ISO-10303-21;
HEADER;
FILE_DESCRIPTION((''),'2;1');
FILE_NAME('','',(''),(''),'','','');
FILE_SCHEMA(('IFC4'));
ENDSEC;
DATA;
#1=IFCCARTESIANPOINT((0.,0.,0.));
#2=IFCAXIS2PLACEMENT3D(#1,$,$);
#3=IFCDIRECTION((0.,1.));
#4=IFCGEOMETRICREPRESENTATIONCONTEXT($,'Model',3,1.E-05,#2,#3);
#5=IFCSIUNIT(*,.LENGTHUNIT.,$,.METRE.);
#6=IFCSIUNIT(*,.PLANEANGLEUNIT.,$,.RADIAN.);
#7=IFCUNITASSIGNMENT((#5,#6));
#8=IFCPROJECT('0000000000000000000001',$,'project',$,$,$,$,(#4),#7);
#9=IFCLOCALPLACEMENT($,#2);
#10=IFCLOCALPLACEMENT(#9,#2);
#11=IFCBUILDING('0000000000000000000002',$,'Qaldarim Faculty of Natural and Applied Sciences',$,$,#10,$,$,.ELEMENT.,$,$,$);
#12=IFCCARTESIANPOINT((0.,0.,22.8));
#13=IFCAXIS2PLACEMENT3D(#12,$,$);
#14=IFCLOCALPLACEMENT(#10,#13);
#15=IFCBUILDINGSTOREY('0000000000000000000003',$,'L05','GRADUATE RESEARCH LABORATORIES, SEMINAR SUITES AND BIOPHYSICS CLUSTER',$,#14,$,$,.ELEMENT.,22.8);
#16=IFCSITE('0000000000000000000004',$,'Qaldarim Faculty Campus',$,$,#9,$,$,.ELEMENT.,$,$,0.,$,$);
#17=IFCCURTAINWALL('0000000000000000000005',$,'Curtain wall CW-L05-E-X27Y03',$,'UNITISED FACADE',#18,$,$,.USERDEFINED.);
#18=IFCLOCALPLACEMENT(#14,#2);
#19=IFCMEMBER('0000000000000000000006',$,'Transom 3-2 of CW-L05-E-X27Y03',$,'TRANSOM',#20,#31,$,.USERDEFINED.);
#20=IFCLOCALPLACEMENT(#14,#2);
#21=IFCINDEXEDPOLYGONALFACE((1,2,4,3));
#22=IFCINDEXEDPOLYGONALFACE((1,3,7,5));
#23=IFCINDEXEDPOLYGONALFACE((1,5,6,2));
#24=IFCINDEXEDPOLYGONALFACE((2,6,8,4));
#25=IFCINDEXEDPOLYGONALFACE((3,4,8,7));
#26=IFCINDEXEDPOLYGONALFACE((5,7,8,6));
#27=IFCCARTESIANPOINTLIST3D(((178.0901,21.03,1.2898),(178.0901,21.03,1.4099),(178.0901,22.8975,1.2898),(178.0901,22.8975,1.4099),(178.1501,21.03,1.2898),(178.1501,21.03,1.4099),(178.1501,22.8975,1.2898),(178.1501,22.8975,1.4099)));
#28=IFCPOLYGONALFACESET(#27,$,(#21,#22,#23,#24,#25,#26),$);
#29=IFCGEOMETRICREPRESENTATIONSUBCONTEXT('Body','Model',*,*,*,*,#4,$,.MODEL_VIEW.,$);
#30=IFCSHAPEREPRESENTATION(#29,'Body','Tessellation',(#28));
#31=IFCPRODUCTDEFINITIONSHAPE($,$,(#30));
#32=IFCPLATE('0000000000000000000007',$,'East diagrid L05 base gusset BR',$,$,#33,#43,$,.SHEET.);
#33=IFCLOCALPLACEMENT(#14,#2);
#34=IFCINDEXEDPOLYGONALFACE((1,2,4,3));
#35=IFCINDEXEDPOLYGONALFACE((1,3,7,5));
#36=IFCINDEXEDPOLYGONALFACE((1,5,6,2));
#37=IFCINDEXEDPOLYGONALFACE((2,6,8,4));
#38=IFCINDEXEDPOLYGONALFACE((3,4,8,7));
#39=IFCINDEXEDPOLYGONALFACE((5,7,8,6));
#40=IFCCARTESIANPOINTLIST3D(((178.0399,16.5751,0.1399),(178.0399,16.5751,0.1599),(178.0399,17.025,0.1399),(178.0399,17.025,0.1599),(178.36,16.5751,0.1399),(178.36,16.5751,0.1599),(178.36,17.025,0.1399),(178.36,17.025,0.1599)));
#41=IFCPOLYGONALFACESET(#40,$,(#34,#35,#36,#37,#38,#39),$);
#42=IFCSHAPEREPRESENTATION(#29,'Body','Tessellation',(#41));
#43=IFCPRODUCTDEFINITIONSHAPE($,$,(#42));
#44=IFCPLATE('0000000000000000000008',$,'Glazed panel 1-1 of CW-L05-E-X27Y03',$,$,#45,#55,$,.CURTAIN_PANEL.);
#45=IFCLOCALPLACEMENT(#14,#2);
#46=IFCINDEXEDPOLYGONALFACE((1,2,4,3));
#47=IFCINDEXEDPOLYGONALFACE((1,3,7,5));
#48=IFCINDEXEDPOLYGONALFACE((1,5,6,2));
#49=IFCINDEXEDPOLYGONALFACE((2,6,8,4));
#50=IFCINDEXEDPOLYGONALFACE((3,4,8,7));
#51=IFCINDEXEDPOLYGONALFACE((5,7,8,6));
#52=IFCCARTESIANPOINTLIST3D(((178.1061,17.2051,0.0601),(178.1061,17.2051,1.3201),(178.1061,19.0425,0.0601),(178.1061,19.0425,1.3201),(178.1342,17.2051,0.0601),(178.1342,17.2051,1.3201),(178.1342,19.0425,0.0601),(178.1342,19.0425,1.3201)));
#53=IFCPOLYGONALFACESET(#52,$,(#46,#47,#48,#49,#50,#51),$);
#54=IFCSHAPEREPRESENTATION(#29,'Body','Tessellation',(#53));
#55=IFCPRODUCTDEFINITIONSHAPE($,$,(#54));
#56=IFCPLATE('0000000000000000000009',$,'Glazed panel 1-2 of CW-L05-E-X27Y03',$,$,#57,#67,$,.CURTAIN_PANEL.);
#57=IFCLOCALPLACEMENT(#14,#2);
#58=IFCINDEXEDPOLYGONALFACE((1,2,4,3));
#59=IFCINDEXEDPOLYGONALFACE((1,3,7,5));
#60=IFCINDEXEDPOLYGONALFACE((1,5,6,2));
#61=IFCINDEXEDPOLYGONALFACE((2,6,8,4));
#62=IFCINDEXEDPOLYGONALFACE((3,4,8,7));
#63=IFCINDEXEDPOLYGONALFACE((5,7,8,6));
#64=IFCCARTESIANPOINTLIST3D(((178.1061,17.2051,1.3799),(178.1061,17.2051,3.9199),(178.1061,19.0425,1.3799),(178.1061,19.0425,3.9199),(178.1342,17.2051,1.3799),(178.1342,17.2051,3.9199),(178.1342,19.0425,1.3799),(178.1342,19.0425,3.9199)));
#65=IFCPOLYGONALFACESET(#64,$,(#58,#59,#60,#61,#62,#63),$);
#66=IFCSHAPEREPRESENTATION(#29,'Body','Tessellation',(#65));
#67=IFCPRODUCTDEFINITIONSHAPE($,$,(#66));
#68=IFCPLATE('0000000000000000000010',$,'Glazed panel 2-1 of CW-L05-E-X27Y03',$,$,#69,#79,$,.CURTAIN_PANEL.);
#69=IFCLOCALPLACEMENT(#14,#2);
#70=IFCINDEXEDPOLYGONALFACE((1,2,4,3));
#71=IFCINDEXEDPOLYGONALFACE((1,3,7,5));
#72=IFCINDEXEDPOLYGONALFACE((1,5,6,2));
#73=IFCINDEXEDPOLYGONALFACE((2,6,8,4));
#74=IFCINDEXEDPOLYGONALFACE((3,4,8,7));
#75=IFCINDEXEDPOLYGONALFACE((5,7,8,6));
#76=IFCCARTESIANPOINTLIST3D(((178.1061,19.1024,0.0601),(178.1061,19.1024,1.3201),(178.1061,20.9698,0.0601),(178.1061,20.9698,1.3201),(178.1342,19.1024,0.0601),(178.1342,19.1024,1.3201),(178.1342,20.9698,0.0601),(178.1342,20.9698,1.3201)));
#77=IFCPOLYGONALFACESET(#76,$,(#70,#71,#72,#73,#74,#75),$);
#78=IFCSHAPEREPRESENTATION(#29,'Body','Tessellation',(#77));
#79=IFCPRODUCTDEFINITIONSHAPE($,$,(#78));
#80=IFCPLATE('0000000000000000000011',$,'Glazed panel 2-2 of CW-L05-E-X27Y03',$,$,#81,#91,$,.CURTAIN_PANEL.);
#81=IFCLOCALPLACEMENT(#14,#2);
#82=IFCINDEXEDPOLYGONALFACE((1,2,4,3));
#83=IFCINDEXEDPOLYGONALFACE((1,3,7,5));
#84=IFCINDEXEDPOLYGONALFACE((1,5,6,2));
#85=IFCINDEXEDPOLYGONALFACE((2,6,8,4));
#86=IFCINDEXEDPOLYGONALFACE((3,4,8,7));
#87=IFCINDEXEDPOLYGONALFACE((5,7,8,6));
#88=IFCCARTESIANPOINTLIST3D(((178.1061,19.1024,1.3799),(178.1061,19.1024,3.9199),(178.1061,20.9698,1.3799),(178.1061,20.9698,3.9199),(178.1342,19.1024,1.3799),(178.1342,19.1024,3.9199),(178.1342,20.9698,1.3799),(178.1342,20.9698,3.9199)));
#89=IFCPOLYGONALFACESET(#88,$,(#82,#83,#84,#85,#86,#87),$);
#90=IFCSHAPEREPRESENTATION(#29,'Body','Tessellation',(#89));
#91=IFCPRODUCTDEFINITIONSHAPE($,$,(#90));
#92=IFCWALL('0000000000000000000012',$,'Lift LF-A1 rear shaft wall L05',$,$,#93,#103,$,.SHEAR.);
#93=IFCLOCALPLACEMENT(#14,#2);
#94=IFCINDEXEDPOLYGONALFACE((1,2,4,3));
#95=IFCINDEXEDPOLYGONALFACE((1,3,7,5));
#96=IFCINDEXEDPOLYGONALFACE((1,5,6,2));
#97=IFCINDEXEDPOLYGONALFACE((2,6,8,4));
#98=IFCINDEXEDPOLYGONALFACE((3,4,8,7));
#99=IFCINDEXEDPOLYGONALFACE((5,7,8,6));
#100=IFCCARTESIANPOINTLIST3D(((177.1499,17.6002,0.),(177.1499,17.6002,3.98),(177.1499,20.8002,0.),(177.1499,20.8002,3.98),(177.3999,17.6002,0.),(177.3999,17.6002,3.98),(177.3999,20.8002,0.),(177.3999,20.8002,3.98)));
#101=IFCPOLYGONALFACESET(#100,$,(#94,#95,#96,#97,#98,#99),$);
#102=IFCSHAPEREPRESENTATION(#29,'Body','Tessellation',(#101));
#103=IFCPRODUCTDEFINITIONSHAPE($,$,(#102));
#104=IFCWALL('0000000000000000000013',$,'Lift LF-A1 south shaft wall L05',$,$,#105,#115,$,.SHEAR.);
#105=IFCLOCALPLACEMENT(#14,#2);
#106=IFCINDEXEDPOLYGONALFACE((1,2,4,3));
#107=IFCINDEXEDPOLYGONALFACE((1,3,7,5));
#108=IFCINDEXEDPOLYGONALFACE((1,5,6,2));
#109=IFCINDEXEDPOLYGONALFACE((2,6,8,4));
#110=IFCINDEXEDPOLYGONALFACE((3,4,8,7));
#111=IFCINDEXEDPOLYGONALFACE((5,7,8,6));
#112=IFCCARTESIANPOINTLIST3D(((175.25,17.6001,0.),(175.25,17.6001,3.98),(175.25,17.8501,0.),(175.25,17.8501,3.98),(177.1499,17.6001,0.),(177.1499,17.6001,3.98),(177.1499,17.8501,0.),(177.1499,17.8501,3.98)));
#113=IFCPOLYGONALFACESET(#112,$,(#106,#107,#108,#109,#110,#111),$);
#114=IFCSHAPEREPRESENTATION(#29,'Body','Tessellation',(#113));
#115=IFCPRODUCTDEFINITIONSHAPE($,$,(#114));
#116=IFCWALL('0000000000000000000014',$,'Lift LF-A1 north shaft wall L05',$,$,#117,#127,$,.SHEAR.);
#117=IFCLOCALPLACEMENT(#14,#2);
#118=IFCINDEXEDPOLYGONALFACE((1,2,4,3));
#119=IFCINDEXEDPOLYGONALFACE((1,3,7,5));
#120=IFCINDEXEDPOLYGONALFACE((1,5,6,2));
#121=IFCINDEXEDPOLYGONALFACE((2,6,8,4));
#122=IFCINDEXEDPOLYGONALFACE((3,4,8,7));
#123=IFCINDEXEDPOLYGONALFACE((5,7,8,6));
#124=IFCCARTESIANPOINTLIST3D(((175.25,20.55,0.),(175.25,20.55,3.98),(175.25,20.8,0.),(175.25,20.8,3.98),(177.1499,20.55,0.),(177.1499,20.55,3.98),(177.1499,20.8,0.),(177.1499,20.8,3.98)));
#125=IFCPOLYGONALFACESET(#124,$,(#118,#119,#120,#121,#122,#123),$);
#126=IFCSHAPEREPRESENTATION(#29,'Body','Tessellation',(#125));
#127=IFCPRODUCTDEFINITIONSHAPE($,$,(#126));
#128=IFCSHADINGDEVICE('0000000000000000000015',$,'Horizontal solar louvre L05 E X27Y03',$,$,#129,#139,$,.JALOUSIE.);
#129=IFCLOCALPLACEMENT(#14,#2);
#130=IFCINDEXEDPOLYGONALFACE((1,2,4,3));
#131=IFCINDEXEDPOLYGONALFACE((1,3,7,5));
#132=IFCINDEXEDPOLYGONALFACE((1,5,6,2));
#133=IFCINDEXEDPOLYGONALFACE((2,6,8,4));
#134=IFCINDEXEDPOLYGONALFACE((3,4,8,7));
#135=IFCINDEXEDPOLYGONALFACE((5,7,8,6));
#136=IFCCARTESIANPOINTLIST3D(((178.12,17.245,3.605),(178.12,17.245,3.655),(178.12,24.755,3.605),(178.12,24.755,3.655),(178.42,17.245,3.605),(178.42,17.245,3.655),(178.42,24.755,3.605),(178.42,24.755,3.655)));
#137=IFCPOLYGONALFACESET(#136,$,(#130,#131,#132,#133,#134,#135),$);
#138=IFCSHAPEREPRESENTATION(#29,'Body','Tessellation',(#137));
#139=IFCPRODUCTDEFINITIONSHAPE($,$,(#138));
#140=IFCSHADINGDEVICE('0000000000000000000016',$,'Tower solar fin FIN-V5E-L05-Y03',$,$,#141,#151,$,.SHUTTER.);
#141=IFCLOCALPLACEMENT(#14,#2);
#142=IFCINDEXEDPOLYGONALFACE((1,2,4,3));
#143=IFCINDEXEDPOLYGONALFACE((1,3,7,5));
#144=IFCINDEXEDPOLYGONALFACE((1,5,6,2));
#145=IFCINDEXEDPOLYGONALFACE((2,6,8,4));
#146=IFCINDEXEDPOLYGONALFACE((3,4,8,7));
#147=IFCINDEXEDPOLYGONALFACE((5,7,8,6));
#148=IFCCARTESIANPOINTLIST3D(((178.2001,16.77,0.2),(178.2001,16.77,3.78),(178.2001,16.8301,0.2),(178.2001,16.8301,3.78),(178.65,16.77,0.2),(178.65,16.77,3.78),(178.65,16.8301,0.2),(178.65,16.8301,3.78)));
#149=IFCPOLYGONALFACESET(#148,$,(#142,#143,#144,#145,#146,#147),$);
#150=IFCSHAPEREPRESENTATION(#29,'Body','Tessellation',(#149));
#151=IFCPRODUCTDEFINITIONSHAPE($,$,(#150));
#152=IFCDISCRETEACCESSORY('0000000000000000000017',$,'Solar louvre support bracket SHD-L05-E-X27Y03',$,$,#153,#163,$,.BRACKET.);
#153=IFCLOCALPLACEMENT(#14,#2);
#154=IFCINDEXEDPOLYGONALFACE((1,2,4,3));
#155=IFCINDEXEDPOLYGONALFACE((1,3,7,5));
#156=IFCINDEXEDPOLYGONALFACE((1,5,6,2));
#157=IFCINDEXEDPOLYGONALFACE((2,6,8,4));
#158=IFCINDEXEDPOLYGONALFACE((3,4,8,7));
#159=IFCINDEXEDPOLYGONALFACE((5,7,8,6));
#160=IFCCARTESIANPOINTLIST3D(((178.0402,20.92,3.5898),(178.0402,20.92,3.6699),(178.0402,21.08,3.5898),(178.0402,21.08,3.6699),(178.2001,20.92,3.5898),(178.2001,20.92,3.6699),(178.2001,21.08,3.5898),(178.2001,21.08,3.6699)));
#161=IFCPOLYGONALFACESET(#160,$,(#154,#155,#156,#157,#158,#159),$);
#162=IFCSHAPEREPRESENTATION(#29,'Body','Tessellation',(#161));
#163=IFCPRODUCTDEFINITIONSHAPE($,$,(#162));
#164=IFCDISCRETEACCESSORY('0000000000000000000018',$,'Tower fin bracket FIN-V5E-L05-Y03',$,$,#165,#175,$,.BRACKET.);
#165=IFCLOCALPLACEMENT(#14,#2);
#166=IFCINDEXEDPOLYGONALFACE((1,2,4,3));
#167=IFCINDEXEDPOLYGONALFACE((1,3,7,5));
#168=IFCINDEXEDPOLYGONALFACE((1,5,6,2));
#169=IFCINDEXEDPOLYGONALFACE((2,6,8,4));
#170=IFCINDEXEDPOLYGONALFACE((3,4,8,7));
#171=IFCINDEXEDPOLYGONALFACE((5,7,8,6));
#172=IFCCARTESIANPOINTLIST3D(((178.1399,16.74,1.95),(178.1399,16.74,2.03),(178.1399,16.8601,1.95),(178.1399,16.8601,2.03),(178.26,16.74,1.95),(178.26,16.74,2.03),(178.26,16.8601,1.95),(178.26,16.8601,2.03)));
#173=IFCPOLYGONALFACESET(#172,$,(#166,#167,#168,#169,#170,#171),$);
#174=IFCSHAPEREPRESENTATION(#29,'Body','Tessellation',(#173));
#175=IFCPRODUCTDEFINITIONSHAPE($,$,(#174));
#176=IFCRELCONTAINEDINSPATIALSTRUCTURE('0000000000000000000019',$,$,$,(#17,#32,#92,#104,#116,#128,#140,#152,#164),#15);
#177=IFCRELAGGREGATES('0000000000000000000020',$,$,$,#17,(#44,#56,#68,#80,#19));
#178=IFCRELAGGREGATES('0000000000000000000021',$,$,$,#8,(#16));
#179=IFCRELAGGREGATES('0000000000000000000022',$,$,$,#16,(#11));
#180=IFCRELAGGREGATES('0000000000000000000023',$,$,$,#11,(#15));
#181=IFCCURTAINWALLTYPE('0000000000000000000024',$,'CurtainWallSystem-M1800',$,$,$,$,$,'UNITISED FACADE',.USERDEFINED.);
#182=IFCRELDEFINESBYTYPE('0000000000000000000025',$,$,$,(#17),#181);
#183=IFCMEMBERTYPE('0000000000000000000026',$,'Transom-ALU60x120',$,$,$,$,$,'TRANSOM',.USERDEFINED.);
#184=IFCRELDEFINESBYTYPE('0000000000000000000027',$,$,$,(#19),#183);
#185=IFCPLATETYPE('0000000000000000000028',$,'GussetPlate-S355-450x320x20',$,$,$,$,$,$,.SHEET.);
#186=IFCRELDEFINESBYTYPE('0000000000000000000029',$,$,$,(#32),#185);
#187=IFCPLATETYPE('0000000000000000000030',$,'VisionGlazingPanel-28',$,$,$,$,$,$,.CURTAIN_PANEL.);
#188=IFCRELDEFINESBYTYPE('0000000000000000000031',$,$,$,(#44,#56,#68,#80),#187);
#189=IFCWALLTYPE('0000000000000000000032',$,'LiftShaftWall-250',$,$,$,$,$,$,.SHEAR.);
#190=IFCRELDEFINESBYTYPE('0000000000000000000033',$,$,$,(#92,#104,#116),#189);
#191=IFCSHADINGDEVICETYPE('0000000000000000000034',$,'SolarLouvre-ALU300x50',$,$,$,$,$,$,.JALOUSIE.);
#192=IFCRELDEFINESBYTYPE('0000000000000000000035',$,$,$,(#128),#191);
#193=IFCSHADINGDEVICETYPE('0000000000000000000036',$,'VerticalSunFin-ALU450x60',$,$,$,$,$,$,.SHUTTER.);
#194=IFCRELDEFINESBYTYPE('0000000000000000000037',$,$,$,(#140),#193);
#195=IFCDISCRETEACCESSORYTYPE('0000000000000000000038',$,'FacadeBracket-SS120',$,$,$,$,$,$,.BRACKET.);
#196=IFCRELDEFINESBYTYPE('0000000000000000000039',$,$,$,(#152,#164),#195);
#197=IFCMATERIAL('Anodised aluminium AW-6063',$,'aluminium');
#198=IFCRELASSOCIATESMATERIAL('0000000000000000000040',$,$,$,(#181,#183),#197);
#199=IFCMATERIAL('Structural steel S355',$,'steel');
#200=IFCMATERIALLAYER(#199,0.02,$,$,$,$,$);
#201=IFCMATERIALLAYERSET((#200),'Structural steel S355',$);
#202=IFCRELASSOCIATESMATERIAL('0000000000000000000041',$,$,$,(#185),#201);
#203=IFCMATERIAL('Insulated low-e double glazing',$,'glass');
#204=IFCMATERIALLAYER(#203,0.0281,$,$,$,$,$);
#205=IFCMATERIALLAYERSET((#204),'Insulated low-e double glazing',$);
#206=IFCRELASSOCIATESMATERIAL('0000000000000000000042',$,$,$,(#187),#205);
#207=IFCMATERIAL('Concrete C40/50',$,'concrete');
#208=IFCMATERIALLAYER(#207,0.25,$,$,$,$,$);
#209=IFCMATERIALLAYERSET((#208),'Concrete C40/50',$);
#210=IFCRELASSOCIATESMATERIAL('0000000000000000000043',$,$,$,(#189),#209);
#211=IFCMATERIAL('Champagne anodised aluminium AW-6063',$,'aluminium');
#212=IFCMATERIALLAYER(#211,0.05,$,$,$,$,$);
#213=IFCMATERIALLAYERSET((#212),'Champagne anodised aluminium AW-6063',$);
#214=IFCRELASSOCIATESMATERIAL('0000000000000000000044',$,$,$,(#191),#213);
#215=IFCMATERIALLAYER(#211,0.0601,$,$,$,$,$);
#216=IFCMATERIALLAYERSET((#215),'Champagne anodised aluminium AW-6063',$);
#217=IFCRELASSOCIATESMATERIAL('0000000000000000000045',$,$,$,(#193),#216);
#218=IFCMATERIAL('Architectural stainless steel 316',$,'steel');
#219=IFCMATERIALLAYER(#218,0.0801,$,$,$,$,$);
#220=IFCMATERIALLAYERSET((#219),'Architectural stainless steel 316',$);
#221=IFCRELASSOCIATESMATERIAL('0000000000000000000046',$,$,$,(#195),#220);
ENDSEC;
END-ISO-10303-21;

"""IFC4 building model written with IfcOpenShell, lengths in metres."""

from ifc_helpers import new_model, si_unit, direction, frame, frame_2d, origin, origin_2d, place, context, subcontext, project, spatial, rectangle, extrude, material, layer, layer_set, material_profile, profile_set, type_object, element, aggregate, save


model = new_model("IFC4")

# Units and contexts
model_context = context("Model", 3, precision=1e-05, world=origin(), true_north=direction((0.0, 1.0)))
body_context = subcontext(model_context, "Body", "Model", "MODEL_VIEW")
ifc_project = project(units=[si_unit("LENGTHUNIT", "METRE"), si_unit("PLANEANGLEUNIT", "RADIAN")], contexts=[model_context])

# Site, building, storey
site_placement = place(None, origin())
site = spatial("IfcSite", under=ifc_project, at=site_placement, Name="Qaldarim Faculty Campus", CompositionType="ELEMENT", RefElevation=0.0)
building_placement = place(site_placement, origin())
building = spatial("IfcBuilding", under=site, at=building_placement, Name="Qaldarim Faculty of Natural and Applied Sciences", CompositionType="ELEMENT")
storey_placement = place(building_placement, frame((0.0, 0.0, 22.8)))
storey = spatial("IfcBuildingStorey", under=building, at=storey_placement, Name="L05", Description="GRADUATE RESEARCH LABORATORIES, SEMINAR SUITES AND BIOPHYSICS CLUSTER", CompositionType="ELEMENT", Elevation=22.8)

# Shared definitions
ifc_material_1 = material(Name="Structural steel S355", Category="steel")

# Curtain wall
ifc_material_2 = material(Name="Anodised aluminium AW-6063", Category="aluminium")
curtain_wall_type = type_object("IfcCurtainWallType", Name="CurtainWallSystem-M1800", ElementType="UNITISED FACADE", PredefinedType="USERDEFINED", material=ifc_material_2)
curtain_wall_placement = place(storey_placement, origin())
curtain_wall = element("IfcCurtainWall", 1, at=curtain_wall_placement, inside=storey, type_object=curtain_wall_type, Name="Curtain wall CW-L05-E-X27Y03", ObjectType="UNITISED FACADE", PredefinedType="USERDEFINED")

# Member
ifc_material_profile_1 = material_profile(ifc_material_2, rectangle(XDim=0.0601, YDim=0.1201, at=origin_2d()), Name="ALU-T60x120")
ifc_profile_set_1 = profile_set([ifc_material_profile_1], Name="Anodised aluminium AW-6063")
member_type_1 = type_object("IfcMemberType", Name="Transom-ALU60x120", ElementType="TRANSOM", PredefinedType="USERDEFINED", material=ifc_profile_set_1)
member_1_placement = place(storey_placement, frame((178.1201, 21.03, 1.3499), z_axis=(0.0, 1.0, 0.0), x_axis=(-1.0, 0.0, 0.0)))
member_1 = element("IfcMember", 2, at=member_1_placement, type_object=member_type_1, Name="Transom 3-2 of CW-L05-E-X27Y03", ObjectType="TRANSOM", PredefinedType="USERDEFINED", context=body_context, shape_type="SweptSolid", body=[
    extrude(rectangle(XDim=0.0601, YDim=0.1201, at=origin_2d()), origin(), (0.0, 0.0, 1.0), 1.8674),
])

# Plates
ifc_layer_1 = layer(ifc_material_1, 0.02)
ifc_layer_set_1 = layer_set([ifc_layer_1], Name="Structural steel S355")
plate_type_1 = type_object("IfcPlateType", Name="GussetPlate-S355-450x320x20", PredefinedType="SHEET", material=ifc_layer_set_1)
plate_1_placement = place(storey_placement, frame((178.2, 16.8, 0.1399), z_axis=(0.0, 0.0, 1.0), x_axis=(0.0, 1.0, 0.0)))
element("IfcPlate", 3, at=plate_1_placement, inside=storey, type_object=plate_type_1, Name="East diagrid L05 base gusset BR", PredefinedType="SHEET", context=body_context, shape_type="SweptSolid", body=[
    extrude(rectangle(XDim=0.45, YDim=0.3201, at=origin_2d()), origin(), (0.0, 0.0, 1.0), 0.02),
])
ifc_material_3 = material(Name="Insulated low-e double glazing", Category="glass")
ifc_layer_2 = layer(ifc_material_3, 0.0281)
ifc_layer_set_2 = layer_set([ifc_layer_2], Name="Insulated low-e double glazing")
plate_type_2 = type_object("IfcPlateType", Name="VisionGlazingPanel-28", PredefinedType="CURTAIN_PANEL", material=ifc_layer_set_2)
plate_2_placement = place(storey_placement, frame((178.1201, 18.1238, 0.0601), z_axis=(0.0, 0.0, 1.0), x_axis=(0.0, 1.0, 0.0)))
plate_2 = element("IfcPlate", 4, at=plate_2_placement, type_object=plate_type_2, Name="Glazed panel 1-1 of CW-L05-E-X27Y03", PredefinedType="CURTAIN_PANEL", context=body_context, shape_type="SweptSolid", body=[
    extrude(rectangle(XDim=1.8374, YDim=0.0281, at=origin_2d()), origin(), (0.0, 0.0, 1.0), 1.26),
])
plate_3_placement = place(storey_placement, frame((178.1201, 18.1238, 1.3799), z_axis=(0.0, 0.0, 1.0), x_axis=(0.0, 1.0, 0.0)))
plate_3 = element("IfcPlate", 5, at=plate_3_placement, type_object=plate_type_2, Name="Glazed panel 1-2 of CW-L05-E-X27Y03", PredefinedType="CURTAIN_PANEL", context=body_context, shape_type="SweptSolid", body=[
    extrude(rectangle(XDim=1.8374, YDim=0.0281, at=origin_2d()), origin(), (0.0, 0.0, 1.0), 2.54),
])
plate_4_placement = place(storey_placement, frame((178.1201, 20.0361, 0.0601), z_axis=(0.0, 0.0, 1.0), x_axis=(0.0, 1.0, 0.0)))
plate_4 = element("IfcPlate", 6, at=plate_4_placement, type_object=plate_type_2, Name="Glazed panel 2-1 of CW-L05-E-X27Y03", PredefinedType="CURTAIN_PANEL", context=body_context, shape_type="SweptSolid", body=[
    extrude(rectangle(XDim=1.8674, YDim=0.0281, at=origin_2d()), origin(), (0.0, 0.0, 1.0), 1.26),
])
plate_5_placement = place(storey_placement, frame((178.1201, 20.0361, 1.3799), z_axis=(0.0, 0.0, 1.0), x_axis=(0.0, 1.0, 0.0)))
plate_5 = element("IfcPlate", 7, at=plate_5_placement, type_object=plate_type_2, Name="Glazed panel 2-2 of CW-L05-E-X27Y03", PredefinedType="CURTAIN_PANEL", context=body_context, shape_type="SweptSolid", body=[
    extrude(rectangle(XDim=1.8674, YDim=0.0281, at=origin_2d()), origin(), (0.0, 0.0, 1.0), 2.54),
])
aggregate(curtain_wall, [plate_2, plate_3, plate_4, plate_5, member_1])

# Shared definitions
ifc_material_4 = material(Name="Concrete C40/50", Category="concrete")
ifc_layer_3 = layer(ifc_material_4, 0.25)
ifc_layer_set_3 = layer_set([ifc_layer_3], Name="Concrete C40/50")
wall_type = type_object("IfcWallType", Name="LiftShaftWall-250", PredefinedType="SHEAR", material=ifc_layer_set_3)
ifc_material_5 = material(Name="Architectural stainless steel 316", Category="steel")

# Walls
wall_1_placement = place(storey_placement, frame((177.2749, 17.6001, 0.0), z_axis=(0.0, 0.0, 1.0), x_axis=(0.0, 1.0, 0.0)))
element("IfcWall", 8, at=wall_1_placement, inside=storey, type_object=wall_type, Name="Lift LF-A1 rear shaft wall L05", PredefinedType="SHEAR", context=body_context, shape_type="SweptSolid", body=[
    extrude(rectangle(XDim=3.2, YDim=0.25, at=frame_2d((1.6001, 0.0))), origin(), (0.0, 0.0, 1.0), 3.98),
])
for number, where, z_axis, x_axis, name in (
    (9, (175.25, 17.7251, 0.0), (0.0, 0.0, 1.0), (1.0, 0.0, 0.0), "Lift LF-A1 south shaft wall L05"),
    (10, (175.25, 20.675, 0.0), (0.0, 0.0, 1.0), (1.0, 0.0, 0.0), "Lift LF-A1 north shaft wall L05"),
):
    element("IfcWall", number, at=place(storey_placement, frame(where, z_axis=z_axis, x_axis=x_axis)), inside=storey, type_object=wall_type, Name=name, PredefinedType="SHEAR", context=body_context, shape_type="SweptSolid", body=[
        extrude(rectangle(XDim=1.8999, YDim=0.25, at=frame_2d((0.95, 0.0))), origin(), (0.0, 0.0, 1.0), 3.98),
    ])

# Shading devices
ifc_material_6 = material(Name="Champagne anodised aluminium AW-6063", Category="aluminium")
ifc_layer_4 = layer(ifc_material_6, 0.05)
ifc_layer_set_4 = layer_set([ifc_layer_4], Name="Champagne anodised aluminium AW-6063")
shading_device_type_1 = type_object("IfcShadingDeviceType", Name="SolarLouvre-ALU300x50", PredefinedType="JALOUSIE", material=ifc_layer_set_4)
shading_device_1_placement = place(storey_placement, frame((178.27, 21.0, 3.605), z_axis=(0.0, 0.0, 1.0), x_axis=(0.0, 1.0, 0.0)))
element("IfcShadingDevice", 11, at=shading_device_1_placement, inside=storey, type_object=shading_device_type_1, Name="Horizontal solar louvre L05 E X27Y03", PredefinedType="JALOUSIE", context=body_context, shape_type="SweptSolid", body=[
    extrude(rectangle(XDim=7.51, YDim=0.3, at=origin_2d()), origin(), (0.0, 0.0, 1.0), 0.05),
])
ifc_layer_5 = layer(ifc_material_6, 0.0601)
ifc_layer_set_5 = layer_set([ifc_layer_5], Name="Champagne anodised aluminium AW-6063")
shading_device_type_2 = type_object("IfcShadingDeviceType", Name="VerticalSunFin-ALU450x60", PredefinedType="SHUTTER", material=ifc_layer_set_5)
shading_device_2_placement = place(storey_placement, frame((178.425, 16.8, 0.2), z_axis=(0.0, 0.0, 1.0), x_axis=(1.0, 0.0, 0.0)))
element("IfcShadingDevice", 12, at=shading_device_2_placement, inside=storey, type_object=shading_device_type_2, Name="Tower solar fin FIN-V5E-L05-Y03", PredefinedType="SHUTTER", context=body_context, shape_type="SweptSolid", body=[
    extrude(rectangle(XDim=0.45, YDim=0.0601, at=origin_2d()), origin(), (0.0, 0.0, 1.0), 3.5801),
])

# Discrete accessories
ifc_layer_6 = layer(ifc_material_5, 0.0801)
ifc_layer_set_6 = layer_set([ifc_layer_6], Name="Architectural stainless steel 316")
discrete_accessory_type = type_object("IfcDiscreteAccessoryType", Name="FacadeBracket-SS120", PredefinedType="BRACKET", material=ifc_layer_set_6)
discrete_accessory_1_placement = place(storey_placement, frame((178.1201, 21.0, 3.5898), z_axis=(0.0, 0.0, 1.0), x_axis=(0.0, 1.0, 0.0)))
element("IfcDiscreteAccessory", 13, at=discrete_accessory_1_placement, inside=storey, type_object=discrete_accessory_type, Name="Solar louvre support bracket SHD-L05-E-X27Y03", PredefinedType="BRACKET", context=body_context, shape_type="SweptSolid", body=[
    extrude(rectangle(XDim=0.1599, YDim=0.1599, at=origin_2d()), origin(), (0.0, 0.0, 1.0), 0.0801),
])
discrete_accessory_2_placement = place(storey_placement, frame((178.2, 16.8, 1.95), z_axis=(0.0, 0.0, 1.0), x_axis=(1.0, 0.0, 0.0)))
element("IfcDiscreteAccessory", 14, at=discrete_accessory_2_placement, inside=storey, type_object=discrete_accessory_type, Name="Tower fin bracket FIN-V5E-L05-Y03", PredefinedType="BRACKET", context=body_context, shape_type="SweptSolid", body=[
    extrude(rectangle(XDim=0.1201, YDim=0.1201, at=origin_2d()), origin(), (0.0, 0.0, 1.0), 0.0801),
])

save(model, "model.ifc")
